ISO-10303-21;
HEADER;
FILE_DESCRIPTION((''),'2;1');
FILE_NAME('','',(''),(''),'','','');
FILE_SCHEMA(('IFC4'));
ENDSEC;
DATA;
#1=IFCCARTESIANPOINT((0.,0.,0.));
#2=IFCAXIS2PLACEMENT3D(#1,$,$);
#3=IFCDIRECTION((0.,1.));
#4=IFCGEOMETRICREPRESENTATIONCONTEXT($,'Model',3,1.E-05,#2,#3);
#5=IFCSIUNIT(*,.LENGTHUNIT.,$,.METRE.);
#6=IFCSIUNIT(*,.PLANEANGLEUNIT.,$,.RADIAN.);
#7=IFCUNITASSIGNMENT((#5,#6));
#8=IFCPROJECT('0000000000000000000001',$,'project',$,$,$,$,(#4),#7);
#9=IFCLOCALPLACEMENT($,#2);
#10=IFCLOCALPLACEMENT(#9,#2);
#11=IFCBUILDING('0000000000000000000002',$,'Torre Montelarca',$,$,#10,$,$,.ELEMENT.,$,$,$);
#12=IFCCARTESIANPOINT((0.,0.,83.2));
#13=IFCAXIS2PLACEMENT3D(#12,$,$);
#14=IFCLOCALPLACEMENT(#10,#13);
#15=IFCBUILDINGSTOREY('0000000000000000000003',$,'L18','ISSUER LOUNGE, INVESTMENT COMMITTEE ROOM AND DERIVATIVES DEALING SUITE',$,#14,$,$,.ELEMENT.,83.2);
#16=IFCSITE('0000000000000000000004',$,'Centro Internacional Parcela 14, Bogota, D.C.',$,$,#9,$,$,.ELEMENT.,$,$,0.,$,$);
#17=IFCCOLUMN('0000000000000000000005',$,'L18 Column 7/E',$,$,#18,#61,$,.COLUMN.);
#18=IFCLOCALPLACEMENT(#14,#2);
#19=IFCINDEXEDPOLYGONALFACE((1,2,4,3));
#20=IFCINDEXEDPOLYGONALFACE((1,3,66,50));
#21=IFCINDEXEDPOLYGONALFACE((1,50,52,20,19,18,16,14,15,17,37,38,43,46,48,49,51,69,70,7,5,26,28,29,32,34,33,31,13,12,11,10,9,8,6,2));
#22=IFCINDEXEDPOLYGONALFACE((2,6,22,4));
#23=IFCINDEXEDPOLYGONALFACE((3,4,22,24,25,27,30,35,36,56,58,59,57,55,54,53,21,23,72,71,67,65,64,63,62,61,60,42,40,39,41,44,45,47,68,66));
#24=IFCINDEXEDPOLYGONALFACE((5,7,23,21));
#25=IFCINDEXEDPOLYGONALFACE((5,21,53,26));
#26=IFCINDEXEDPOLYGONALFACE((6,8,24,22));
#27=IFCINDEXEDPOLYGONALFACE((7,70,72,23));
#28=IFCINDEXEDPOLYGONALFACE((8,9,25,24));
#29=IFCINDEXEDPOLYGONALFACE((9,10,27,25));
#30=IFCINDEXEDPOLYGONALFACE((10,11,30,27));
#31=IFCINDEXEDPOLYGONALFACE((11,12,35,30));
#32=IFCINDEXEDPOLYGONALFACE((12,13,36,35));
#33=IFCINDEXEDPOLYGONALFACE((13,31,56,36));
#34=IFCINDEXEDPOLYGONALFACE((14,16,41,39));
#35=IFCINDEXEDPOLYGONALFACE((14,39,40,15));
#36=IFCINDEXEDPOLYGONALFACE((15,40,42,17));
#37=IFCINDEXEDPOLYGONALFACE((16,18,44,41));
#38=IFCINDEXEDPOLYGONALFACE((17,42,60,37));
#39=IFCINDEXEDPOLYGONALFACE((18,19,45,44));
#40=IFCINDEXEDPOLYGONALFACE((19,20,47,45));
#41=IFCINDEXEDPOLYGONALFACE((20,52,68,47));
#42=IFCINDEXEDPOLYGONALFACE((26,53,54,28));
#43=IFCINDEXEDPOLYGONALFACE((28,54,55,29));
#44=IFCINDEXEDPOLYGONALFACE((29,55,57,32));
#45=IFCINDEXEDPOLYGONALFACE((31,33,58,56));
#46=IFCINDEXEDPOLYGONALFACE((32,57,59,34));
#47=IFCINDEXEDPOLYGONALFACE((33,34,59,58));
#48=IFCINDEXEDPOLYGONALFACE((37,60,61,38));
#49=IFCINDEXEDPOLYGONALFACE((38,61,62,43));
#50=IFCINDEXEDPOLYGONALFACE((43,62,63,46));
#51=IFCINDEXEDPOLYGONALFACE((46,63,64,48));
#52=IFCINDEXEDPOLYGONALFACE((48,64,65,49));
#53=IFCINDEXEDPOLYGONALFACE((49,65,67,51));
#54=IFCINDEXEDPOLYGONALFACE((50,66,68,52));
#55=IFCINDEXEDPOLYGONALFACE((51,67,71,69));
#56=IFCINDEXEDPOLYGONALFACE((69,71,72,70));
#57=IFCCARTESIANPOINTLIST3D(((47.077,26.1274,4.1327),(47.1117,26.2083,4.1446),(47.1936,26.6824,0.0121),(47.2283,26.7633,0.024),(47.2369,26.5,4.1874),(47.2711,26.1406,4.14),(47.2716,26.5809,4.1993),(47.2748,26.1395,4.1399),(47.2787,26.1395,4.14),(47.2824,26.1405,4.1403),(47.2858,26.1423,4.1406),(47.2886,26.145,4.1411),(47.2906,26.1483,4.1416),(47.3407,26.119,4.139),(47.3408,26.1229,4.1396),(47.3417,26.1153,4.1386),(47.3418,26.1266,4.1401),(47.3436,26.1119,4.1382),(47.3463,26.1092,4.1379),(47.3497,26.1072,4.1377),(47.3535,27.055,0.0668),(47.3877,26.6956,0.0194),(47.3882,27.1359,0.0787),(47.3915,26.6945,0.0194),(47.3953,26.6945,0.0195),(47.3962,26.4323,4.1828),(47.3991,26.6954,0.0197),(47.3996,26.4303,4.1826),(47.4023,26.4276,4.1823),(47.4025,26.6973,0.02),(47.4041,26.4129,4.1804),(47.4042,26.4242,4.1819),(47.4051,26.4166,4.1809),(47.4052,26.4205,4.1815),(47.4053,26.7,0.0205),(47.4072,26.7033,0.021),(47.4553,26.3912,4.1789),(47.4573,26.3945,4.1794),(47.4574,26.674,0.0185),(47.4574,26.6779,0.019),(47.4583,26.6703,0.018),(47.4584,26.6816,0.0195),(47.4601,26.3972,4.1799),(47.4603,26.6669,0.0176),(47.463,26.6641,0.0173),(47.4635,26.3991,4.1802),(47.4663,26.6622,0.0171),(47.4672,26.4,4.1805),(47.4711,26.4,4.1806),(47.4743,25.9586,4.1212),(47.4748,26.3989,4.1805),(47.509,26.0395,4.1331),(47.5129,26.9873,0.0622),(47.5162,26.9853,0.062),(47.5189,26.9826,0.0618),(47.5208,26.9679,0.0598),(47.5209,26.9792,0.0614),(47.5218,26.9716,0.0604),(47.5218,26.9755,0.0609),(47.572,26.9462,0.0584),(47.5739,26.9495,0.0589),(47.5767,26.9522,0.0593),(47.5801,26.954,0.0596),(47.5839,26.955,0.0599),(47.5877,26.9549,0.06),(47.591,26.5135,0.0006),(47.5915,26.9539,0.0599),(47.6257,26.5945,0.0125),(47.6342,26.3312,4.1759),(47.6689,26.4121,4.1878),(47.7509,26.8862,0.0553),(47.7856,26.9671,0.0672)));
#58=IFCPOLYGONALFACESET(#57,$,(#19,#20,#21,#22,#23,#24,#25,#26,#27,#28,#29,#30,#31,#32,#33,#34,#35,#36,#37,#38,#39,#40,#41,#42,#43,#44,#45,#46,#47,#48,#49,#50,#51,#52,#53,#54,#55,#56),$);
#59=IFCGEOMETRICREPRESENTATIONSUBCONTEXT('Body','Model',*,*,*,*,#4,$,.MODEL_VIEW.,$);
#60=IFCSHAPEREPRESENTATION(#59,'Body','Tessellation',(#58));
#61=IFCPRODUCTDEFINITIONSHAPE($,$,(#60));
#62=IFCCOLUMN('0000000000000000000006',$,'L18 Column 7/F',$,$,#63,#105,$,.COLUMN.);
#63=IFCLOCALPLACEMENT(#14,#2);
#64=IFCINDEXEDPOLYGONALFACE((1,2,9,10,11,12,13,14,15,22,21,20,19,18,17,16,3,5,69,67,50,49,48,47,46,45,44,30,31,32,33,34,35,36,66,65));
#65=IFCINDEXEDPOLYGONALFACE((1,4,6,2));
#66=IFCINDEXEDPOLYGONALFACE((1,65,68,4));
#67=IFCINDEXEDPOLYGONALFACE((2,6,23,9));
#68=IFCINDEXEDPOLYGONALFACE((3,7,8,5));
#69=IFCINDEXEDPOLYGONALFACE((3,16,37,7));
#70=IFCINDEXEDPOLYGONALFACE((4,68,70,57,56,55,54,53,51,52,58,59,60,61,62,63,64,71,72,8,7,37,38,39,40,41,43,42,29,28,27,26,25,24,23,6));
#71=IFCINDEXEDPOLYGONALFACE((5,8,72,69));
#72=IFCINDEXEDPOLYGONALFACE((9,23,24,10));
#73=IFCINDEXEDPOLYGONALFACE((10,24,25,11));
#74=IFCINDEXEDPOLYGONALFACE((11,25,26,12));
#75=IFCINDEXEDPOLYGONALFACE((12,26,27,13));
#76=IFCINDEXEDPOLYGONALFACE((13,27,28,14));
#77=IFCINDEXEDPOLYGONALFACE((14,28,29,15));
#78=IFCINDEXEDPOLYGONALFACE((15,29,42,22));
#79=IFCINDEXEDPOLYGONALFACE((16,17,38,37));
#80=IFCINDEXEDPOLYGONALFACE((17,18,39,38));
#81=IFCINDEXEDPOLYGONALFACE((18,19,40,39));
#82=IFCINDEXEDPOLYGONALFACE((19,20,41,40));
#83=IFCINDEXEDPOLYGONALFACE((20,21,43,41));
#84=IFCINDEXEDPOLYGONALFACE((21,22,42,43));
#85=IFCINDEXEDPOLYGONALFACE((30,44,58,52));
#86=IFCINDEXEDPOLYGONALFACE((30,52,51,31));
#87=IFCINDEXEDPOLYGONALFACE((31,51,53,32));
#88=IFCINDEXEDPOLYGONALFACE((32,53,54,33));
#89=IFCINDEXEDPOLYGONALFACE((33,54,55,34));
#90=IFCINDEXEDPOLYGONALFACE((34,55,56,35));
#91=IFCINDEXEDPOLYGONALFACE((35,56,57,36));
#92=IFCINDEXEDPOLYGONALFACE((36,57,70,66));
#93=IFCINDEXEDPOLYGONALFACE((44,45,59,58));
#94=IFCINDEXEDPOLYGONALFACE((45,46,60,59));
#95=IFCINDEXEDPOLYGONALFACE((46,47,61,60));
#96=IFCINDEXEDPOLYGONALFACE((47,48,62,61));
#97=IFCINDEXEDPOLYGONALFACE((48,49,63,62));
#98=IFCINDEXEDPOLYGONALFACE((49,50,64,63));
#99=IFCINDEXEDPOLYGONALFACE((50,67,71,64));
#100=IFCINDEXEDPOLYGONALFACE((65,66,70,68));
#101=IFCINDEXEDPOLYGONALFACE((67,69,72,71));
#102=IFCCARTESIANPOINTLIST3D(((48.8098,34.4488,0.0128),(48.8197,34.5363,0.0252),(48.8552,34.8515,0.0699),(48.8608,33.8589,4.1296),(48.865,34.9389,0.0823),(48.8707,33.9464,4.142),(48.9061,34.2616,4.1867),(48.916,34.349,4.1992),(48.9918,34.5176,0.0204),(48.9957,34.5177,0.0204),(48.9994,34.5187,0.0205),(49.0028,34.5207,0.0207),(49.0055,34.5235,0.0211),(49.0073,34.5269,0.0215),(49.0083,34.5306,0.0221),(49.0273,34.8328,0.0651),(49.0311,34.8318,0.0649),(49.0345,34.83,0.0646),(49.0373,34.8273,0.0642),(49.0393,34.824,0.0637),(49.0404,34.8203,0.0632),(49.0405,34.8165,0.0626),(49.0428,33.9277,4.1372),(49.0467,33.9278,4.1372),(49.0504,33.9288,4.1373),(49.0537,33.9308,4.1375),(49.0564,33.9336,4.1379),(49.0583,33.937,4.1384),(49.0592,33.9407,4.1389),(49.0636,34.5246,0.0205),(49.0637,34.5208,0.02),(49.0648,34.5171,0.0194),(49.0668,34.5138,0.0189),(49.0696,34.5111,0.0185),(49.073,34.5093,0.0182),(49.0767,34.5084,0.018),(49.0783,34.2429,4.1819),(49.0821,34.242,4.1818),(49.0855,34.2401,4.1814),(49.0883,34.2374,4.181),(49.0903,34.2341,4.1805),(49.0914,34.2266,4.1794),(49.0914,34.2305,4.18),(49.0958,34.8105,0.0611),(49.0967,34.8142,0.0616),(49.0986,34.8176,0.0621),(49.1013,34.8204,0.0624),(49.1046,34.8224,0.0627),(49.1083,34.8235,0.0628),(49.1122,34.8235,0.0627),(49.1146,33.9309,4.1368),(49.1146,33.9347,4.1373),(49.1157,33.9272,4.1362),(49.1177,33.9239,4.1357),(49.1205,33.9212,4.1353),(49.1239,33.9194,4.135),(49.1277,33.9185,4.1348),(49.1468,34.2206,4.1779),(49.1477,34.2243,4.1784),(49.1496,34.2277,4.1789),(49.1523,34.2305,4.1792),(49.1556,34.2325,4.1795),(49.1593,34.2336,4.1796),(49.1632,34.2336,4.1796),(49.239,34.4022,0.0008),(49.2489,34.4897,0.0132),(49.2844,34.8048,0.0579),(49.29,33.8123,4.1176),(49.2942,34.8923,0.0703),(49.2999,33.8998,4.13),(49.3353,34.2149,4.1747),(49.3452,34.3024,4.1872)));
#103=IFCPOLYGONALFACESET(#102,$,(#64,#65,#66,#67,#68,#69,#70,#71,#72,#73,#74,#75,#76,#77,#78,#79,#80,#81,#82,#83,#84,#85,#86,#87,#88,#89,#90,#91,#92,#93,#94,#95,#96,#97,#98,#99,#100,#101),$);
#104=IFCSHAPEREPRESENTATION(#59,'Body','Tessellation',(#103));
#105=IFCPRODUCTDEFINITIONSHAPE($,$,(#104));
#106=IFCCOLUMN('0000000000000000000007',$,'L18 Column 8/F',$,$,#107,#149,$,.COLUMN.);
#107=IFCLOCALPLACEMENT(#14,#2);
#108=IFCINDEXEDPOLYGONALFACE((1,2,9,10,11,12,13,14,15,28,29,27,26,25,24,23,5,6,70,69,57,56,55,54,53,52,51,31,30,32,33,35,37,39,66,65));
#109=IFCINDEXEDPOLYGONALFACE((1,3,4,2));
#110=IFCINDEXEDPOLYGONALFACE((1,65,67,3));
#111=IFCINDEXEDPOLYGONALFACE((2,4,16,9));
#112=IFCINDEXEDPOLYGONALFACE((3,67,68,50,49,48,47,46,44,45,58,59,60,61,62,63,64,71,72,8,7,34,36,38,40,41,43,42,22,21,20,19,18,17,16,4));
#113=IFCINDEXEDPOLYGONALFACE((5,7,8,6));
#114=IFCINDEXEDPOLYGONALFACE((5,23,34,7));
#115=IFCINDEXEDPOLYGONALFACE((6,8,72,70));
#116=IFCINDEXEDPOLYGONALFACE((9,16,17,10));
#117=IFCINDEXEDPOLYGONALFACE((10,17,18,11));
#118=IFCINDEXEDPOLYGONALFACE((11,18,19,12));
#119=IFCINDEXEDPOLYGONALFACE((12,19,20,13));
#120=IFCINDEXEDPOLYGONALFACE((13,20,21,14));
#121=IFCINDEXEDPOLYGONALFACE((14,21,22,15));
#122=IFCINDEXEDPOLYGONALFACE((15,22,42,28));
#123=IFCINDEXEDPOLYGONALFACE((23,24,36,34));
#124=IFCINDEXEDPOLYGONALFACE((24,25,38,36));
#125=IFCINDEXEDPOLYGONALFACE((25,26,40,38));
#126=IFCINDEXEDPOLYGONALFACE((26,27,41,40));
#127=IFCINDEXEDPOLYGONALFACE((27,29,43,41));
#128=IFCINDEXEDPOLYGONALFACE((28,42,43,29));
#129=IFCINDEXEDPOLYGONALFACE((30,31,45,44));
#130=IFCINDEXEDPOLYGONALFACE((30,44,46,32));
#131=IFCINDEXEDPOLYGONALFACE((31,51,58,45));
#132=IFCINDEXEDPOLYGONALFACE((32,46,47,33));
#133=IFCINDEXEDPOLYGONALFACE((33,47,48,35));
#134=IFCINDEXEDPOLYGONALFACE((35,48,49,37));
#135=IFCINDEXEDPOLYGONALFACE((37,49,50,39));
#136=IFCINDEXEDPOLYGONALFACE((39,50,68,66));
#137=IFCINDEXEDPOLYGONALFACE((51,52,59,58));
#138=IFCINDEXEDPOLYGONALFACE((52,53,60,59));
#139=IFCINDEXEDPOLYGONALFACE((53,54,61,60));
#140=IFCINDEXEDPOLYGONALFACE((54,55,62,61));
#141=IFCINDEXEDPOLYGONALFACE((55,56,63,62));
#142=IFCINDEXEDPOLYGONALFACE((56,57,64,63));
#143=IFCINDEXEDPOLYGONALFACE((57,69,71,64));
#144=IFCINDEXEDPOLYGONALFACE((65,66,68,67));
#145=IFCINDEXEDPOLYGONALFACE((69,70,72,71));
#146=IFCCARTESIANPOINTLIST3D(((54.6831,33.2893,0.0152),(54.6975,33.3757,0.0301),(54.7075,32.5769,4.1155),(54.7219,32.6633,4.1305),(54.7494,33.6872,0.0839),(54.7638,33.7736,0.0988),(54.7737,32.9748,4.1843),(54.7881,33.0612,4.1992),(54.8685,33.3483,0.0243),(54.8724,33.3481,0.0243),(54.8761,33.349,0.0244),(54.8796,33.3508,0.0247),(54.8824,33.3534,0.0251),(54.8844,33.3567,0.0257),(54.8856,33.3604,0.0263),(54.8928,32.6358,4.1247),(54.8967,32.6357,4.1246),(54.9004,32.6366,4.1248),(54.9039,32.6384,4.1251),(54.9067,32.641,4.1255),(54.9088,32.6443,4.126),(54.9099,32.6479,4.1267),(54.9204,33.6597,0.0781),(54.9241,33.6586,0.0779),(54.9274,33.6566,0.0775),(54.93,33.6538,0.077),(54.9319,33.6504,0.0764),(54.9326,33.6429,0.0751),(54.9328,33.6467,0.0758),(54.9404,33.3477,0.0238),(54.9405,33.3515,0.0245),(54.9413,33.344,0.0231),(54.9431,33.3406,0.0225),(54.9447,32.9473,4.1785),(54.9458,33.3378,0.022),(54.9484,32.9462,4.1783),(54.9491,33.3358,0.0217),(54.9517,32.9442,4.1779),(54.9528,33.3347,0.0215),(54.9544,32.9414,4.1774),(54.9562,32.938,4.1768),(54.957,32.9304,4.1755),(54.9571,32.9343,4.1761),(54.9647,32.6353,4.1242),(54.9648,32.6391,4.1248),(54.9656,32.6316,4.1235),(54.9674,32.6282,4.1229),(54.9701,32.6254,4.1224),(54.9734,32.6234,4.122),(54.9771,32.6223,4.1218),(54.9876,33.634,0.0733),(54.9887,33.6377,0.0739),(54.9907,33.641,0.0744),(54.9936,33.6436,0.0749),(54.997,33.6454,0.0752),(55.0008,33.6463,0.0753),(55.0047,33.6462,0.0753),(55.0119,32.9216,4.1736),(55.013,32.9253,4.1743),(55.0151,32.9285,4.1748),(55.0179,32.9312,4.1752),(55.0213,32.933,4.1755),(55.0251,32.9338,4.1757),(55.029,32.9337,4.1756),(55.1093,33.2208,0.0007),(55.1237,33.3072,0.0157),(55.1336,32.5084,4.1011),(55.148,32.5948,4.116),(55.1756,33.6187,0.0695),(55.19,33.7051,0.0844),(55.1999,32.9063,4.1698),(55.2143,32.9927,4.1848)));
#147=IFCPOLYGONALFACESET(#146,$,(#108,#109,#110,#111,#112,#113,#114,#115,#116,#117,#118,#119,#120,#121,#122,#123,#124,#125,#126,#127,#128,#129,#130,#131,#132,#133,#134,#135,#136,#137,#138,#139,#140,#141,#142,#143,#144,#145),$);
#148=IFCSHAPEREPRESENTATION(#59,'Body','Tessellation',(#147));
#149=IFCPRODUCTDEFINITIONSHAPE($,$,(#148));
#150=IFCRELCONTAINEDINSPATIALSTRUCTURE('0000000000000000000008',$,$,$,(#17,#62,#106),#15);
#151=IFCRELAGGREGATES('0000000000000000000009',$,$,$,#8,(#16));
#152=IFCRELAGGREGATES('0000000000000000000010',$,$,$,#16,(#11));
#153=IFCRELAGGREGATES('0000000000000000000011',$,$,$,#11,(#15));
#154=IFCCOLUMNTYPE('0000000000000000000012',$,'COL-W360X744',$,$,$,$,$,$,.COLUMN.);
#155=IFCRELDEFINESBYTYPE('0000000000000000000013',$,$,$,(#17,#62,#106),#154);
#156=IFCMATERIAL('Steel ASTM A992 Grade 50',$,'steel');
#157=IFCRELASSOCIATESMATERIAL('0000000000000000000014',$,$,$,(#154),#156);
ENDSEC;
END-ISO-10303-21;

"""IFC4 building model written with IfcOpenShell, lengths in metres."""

from ifc_helpers import new_model, si_unit, direction, frame, origin, origin_2d, place, context, subcontext, project, spatial, i_section, extrude, clip, halfspace, material, material_profile, profile_set, type_object, element, save


model = new_model("IFC4")

# Units and contexts
model_context = context("Model", 3, precision=1e-05, world=origin(), true_north=direction((0.0, 1.0)))
body_context = subcontext(model_context, "Body", "Model", "MODEL_VIEW")
ifc_project = project(units=[si_unit("LENGTHUNIT", "METRE"), si_unit("PLANEANGLEUNIT", "RADIAN")], contexts=[model_context])

# Site, building, storey
site_placement = place(None, origin())
site = spatial("IfcSite", under=ifc_project, at=site_placement, Name="Centro Internacional Parcela 14, Bogota, D.C.", CompositionType="ELEMENT", RefElevation=0.0)
building_placement = place(site_placement, origin())
building = spatial("IfcBuilding", under=site, at=building_placement, Name="Torre Montelarca", CompositionType="ELEMENT")
storey_placement = place(building_placement, frame((0.0, 0.0, 83.2)))
storey = spatial("IfcBuildingStorey", under=building, at=storey_placement, Name="L18", Description="ISSUER LOUNGE, INVESTMENT COMMITTEE ROOM AND DERIVATIVES DEALING SUITE", CompositionType="ELEMENT", Elevation=83.2)

# Columns
ifc_material_1 = material(Name="Steel ASTM A992 Grade 50", Category="steel")
ifc_material_profile_1 = material_profile(ifc_material_1, i_section(OverallWidth=0.4319, OverallDepth=0.498, WebThickness=0.0557, FlangeThickness=0.0889, FilletRadius=0.0149, at=origin_2d()), Name="W360X744", Category="steel")
ifc_profile_set_1 = profile_set([ifc_material_profile_1], Name="Steel ASTM A992 Grade 50")
column_type_1 = type_object("IfcColumnType", Name="COL-W360X744", PredefinedType="COLUMN", material=ifc_profile_set_1)
column_1_placement = place(storey_placement, frame((47.4907, 26.8301, 0.0), z_axis=(-0.028045, -0.133428, 0.990662), x_axis=(-0.920059, 0.390875, 0.026599)))
element("IfcColumn", 1, at=column_1_placement, inside=storey, type_object=column_type_1, Name="L18 Column 7/E", PredefinedType="COLUMN", context=body_context, shape_type="Clipping", body=[
    clip(clip(extrude(i_section(OverallWidth=0.4319, OverallDepth=0.498, WebThickness=0.0557, FlangeThickness=0.0889, FilletRadius=0.0149, at=origin_2d()), origin(), (0.0, 0.0, 1.0), 4.2395), halfspace(frame((0.0, 0.0, 0.04), z_axis=(0.0, 0.0, -1.0), x_axis=(1.0, 0.0, 0.0)), False)), halfspace(frame((0.0, 0.0, 4.1995), z_axis=(0.0, 0.0, 1.0), x_axis=(1.0, 0.0, 0.0)), False)),
])
column_2_placement = place(storey_placement, frame((49.0515, 34.6765, 0.0), z_axis=(0.012255, -0.14183, 0.989815), x_axis=(-0.993768, 0.107952, 0.027773)))
element("IfcColumn", 2, at=column_2_placement, inside=storey, type_object=column_type_1, Name="L18 Column 7/F", PredefinedType="COLUMN", context=body_context, shape_type="Clipping", body=[
    clip(clip(extrude(i_section(OverallWidth=0.4319, OverallDepth=0.498, WebThickness=0.0557, FlangeThickness=0.0889, FilletRadius=0.0149, at=origin_2d()), origin(), (0.0, 0.0, 1.0), 4.2432), halfspace(frame((0.0, 0.0, 0.042), z_axis=(0.0, 0.0, -1.0), x_axis=(1.0, 0.0, 0.0)), False)), halfspace(frame((0.0, 0.0, 4.2012), z_axis=(0.0, 0.0, 1.0), x_axis=(1.0, 0.0, 0.0)), False)),
])
column_3_placement = place(storey_placement, frame((54.9363, 33.5059, 0.0), z_axis=(0.005842, -0.171181, 0.985222), x_axis=(-0.98677, 0.158646, 0.033415)))
element("IfcColumn", 3, at=column_3_placement, inside=storey, type_object=column_type_1, Name="L18 Column 8/F", PredefinedType="COLUMN", context=body_context, shape_type="Clipping", body=[
    clip(clip(extrude(i_section(OverallWidth=0.4319, OverallDepth=0.498, WebThickness=0.0557, FlangeThickness=0.0889, FilletRadius=0.0149, at=origin_2d()), origin(), (0.0, 0.0, 1.0), 4.2629), halfspace(frame((0.0, 0.0, 0.0505), z_axis=(0.0, 0.0, -1.0), x_axis=(1.0, 0.0, 0.0)), False)), halfspace(frame((0.0, 0.0, 4.2124), z_axis=(0.0, 0.0, 1.0), x_axis=(1.0, 0.0, 0.0)), False)),
])

save(model, "model.ifc")
